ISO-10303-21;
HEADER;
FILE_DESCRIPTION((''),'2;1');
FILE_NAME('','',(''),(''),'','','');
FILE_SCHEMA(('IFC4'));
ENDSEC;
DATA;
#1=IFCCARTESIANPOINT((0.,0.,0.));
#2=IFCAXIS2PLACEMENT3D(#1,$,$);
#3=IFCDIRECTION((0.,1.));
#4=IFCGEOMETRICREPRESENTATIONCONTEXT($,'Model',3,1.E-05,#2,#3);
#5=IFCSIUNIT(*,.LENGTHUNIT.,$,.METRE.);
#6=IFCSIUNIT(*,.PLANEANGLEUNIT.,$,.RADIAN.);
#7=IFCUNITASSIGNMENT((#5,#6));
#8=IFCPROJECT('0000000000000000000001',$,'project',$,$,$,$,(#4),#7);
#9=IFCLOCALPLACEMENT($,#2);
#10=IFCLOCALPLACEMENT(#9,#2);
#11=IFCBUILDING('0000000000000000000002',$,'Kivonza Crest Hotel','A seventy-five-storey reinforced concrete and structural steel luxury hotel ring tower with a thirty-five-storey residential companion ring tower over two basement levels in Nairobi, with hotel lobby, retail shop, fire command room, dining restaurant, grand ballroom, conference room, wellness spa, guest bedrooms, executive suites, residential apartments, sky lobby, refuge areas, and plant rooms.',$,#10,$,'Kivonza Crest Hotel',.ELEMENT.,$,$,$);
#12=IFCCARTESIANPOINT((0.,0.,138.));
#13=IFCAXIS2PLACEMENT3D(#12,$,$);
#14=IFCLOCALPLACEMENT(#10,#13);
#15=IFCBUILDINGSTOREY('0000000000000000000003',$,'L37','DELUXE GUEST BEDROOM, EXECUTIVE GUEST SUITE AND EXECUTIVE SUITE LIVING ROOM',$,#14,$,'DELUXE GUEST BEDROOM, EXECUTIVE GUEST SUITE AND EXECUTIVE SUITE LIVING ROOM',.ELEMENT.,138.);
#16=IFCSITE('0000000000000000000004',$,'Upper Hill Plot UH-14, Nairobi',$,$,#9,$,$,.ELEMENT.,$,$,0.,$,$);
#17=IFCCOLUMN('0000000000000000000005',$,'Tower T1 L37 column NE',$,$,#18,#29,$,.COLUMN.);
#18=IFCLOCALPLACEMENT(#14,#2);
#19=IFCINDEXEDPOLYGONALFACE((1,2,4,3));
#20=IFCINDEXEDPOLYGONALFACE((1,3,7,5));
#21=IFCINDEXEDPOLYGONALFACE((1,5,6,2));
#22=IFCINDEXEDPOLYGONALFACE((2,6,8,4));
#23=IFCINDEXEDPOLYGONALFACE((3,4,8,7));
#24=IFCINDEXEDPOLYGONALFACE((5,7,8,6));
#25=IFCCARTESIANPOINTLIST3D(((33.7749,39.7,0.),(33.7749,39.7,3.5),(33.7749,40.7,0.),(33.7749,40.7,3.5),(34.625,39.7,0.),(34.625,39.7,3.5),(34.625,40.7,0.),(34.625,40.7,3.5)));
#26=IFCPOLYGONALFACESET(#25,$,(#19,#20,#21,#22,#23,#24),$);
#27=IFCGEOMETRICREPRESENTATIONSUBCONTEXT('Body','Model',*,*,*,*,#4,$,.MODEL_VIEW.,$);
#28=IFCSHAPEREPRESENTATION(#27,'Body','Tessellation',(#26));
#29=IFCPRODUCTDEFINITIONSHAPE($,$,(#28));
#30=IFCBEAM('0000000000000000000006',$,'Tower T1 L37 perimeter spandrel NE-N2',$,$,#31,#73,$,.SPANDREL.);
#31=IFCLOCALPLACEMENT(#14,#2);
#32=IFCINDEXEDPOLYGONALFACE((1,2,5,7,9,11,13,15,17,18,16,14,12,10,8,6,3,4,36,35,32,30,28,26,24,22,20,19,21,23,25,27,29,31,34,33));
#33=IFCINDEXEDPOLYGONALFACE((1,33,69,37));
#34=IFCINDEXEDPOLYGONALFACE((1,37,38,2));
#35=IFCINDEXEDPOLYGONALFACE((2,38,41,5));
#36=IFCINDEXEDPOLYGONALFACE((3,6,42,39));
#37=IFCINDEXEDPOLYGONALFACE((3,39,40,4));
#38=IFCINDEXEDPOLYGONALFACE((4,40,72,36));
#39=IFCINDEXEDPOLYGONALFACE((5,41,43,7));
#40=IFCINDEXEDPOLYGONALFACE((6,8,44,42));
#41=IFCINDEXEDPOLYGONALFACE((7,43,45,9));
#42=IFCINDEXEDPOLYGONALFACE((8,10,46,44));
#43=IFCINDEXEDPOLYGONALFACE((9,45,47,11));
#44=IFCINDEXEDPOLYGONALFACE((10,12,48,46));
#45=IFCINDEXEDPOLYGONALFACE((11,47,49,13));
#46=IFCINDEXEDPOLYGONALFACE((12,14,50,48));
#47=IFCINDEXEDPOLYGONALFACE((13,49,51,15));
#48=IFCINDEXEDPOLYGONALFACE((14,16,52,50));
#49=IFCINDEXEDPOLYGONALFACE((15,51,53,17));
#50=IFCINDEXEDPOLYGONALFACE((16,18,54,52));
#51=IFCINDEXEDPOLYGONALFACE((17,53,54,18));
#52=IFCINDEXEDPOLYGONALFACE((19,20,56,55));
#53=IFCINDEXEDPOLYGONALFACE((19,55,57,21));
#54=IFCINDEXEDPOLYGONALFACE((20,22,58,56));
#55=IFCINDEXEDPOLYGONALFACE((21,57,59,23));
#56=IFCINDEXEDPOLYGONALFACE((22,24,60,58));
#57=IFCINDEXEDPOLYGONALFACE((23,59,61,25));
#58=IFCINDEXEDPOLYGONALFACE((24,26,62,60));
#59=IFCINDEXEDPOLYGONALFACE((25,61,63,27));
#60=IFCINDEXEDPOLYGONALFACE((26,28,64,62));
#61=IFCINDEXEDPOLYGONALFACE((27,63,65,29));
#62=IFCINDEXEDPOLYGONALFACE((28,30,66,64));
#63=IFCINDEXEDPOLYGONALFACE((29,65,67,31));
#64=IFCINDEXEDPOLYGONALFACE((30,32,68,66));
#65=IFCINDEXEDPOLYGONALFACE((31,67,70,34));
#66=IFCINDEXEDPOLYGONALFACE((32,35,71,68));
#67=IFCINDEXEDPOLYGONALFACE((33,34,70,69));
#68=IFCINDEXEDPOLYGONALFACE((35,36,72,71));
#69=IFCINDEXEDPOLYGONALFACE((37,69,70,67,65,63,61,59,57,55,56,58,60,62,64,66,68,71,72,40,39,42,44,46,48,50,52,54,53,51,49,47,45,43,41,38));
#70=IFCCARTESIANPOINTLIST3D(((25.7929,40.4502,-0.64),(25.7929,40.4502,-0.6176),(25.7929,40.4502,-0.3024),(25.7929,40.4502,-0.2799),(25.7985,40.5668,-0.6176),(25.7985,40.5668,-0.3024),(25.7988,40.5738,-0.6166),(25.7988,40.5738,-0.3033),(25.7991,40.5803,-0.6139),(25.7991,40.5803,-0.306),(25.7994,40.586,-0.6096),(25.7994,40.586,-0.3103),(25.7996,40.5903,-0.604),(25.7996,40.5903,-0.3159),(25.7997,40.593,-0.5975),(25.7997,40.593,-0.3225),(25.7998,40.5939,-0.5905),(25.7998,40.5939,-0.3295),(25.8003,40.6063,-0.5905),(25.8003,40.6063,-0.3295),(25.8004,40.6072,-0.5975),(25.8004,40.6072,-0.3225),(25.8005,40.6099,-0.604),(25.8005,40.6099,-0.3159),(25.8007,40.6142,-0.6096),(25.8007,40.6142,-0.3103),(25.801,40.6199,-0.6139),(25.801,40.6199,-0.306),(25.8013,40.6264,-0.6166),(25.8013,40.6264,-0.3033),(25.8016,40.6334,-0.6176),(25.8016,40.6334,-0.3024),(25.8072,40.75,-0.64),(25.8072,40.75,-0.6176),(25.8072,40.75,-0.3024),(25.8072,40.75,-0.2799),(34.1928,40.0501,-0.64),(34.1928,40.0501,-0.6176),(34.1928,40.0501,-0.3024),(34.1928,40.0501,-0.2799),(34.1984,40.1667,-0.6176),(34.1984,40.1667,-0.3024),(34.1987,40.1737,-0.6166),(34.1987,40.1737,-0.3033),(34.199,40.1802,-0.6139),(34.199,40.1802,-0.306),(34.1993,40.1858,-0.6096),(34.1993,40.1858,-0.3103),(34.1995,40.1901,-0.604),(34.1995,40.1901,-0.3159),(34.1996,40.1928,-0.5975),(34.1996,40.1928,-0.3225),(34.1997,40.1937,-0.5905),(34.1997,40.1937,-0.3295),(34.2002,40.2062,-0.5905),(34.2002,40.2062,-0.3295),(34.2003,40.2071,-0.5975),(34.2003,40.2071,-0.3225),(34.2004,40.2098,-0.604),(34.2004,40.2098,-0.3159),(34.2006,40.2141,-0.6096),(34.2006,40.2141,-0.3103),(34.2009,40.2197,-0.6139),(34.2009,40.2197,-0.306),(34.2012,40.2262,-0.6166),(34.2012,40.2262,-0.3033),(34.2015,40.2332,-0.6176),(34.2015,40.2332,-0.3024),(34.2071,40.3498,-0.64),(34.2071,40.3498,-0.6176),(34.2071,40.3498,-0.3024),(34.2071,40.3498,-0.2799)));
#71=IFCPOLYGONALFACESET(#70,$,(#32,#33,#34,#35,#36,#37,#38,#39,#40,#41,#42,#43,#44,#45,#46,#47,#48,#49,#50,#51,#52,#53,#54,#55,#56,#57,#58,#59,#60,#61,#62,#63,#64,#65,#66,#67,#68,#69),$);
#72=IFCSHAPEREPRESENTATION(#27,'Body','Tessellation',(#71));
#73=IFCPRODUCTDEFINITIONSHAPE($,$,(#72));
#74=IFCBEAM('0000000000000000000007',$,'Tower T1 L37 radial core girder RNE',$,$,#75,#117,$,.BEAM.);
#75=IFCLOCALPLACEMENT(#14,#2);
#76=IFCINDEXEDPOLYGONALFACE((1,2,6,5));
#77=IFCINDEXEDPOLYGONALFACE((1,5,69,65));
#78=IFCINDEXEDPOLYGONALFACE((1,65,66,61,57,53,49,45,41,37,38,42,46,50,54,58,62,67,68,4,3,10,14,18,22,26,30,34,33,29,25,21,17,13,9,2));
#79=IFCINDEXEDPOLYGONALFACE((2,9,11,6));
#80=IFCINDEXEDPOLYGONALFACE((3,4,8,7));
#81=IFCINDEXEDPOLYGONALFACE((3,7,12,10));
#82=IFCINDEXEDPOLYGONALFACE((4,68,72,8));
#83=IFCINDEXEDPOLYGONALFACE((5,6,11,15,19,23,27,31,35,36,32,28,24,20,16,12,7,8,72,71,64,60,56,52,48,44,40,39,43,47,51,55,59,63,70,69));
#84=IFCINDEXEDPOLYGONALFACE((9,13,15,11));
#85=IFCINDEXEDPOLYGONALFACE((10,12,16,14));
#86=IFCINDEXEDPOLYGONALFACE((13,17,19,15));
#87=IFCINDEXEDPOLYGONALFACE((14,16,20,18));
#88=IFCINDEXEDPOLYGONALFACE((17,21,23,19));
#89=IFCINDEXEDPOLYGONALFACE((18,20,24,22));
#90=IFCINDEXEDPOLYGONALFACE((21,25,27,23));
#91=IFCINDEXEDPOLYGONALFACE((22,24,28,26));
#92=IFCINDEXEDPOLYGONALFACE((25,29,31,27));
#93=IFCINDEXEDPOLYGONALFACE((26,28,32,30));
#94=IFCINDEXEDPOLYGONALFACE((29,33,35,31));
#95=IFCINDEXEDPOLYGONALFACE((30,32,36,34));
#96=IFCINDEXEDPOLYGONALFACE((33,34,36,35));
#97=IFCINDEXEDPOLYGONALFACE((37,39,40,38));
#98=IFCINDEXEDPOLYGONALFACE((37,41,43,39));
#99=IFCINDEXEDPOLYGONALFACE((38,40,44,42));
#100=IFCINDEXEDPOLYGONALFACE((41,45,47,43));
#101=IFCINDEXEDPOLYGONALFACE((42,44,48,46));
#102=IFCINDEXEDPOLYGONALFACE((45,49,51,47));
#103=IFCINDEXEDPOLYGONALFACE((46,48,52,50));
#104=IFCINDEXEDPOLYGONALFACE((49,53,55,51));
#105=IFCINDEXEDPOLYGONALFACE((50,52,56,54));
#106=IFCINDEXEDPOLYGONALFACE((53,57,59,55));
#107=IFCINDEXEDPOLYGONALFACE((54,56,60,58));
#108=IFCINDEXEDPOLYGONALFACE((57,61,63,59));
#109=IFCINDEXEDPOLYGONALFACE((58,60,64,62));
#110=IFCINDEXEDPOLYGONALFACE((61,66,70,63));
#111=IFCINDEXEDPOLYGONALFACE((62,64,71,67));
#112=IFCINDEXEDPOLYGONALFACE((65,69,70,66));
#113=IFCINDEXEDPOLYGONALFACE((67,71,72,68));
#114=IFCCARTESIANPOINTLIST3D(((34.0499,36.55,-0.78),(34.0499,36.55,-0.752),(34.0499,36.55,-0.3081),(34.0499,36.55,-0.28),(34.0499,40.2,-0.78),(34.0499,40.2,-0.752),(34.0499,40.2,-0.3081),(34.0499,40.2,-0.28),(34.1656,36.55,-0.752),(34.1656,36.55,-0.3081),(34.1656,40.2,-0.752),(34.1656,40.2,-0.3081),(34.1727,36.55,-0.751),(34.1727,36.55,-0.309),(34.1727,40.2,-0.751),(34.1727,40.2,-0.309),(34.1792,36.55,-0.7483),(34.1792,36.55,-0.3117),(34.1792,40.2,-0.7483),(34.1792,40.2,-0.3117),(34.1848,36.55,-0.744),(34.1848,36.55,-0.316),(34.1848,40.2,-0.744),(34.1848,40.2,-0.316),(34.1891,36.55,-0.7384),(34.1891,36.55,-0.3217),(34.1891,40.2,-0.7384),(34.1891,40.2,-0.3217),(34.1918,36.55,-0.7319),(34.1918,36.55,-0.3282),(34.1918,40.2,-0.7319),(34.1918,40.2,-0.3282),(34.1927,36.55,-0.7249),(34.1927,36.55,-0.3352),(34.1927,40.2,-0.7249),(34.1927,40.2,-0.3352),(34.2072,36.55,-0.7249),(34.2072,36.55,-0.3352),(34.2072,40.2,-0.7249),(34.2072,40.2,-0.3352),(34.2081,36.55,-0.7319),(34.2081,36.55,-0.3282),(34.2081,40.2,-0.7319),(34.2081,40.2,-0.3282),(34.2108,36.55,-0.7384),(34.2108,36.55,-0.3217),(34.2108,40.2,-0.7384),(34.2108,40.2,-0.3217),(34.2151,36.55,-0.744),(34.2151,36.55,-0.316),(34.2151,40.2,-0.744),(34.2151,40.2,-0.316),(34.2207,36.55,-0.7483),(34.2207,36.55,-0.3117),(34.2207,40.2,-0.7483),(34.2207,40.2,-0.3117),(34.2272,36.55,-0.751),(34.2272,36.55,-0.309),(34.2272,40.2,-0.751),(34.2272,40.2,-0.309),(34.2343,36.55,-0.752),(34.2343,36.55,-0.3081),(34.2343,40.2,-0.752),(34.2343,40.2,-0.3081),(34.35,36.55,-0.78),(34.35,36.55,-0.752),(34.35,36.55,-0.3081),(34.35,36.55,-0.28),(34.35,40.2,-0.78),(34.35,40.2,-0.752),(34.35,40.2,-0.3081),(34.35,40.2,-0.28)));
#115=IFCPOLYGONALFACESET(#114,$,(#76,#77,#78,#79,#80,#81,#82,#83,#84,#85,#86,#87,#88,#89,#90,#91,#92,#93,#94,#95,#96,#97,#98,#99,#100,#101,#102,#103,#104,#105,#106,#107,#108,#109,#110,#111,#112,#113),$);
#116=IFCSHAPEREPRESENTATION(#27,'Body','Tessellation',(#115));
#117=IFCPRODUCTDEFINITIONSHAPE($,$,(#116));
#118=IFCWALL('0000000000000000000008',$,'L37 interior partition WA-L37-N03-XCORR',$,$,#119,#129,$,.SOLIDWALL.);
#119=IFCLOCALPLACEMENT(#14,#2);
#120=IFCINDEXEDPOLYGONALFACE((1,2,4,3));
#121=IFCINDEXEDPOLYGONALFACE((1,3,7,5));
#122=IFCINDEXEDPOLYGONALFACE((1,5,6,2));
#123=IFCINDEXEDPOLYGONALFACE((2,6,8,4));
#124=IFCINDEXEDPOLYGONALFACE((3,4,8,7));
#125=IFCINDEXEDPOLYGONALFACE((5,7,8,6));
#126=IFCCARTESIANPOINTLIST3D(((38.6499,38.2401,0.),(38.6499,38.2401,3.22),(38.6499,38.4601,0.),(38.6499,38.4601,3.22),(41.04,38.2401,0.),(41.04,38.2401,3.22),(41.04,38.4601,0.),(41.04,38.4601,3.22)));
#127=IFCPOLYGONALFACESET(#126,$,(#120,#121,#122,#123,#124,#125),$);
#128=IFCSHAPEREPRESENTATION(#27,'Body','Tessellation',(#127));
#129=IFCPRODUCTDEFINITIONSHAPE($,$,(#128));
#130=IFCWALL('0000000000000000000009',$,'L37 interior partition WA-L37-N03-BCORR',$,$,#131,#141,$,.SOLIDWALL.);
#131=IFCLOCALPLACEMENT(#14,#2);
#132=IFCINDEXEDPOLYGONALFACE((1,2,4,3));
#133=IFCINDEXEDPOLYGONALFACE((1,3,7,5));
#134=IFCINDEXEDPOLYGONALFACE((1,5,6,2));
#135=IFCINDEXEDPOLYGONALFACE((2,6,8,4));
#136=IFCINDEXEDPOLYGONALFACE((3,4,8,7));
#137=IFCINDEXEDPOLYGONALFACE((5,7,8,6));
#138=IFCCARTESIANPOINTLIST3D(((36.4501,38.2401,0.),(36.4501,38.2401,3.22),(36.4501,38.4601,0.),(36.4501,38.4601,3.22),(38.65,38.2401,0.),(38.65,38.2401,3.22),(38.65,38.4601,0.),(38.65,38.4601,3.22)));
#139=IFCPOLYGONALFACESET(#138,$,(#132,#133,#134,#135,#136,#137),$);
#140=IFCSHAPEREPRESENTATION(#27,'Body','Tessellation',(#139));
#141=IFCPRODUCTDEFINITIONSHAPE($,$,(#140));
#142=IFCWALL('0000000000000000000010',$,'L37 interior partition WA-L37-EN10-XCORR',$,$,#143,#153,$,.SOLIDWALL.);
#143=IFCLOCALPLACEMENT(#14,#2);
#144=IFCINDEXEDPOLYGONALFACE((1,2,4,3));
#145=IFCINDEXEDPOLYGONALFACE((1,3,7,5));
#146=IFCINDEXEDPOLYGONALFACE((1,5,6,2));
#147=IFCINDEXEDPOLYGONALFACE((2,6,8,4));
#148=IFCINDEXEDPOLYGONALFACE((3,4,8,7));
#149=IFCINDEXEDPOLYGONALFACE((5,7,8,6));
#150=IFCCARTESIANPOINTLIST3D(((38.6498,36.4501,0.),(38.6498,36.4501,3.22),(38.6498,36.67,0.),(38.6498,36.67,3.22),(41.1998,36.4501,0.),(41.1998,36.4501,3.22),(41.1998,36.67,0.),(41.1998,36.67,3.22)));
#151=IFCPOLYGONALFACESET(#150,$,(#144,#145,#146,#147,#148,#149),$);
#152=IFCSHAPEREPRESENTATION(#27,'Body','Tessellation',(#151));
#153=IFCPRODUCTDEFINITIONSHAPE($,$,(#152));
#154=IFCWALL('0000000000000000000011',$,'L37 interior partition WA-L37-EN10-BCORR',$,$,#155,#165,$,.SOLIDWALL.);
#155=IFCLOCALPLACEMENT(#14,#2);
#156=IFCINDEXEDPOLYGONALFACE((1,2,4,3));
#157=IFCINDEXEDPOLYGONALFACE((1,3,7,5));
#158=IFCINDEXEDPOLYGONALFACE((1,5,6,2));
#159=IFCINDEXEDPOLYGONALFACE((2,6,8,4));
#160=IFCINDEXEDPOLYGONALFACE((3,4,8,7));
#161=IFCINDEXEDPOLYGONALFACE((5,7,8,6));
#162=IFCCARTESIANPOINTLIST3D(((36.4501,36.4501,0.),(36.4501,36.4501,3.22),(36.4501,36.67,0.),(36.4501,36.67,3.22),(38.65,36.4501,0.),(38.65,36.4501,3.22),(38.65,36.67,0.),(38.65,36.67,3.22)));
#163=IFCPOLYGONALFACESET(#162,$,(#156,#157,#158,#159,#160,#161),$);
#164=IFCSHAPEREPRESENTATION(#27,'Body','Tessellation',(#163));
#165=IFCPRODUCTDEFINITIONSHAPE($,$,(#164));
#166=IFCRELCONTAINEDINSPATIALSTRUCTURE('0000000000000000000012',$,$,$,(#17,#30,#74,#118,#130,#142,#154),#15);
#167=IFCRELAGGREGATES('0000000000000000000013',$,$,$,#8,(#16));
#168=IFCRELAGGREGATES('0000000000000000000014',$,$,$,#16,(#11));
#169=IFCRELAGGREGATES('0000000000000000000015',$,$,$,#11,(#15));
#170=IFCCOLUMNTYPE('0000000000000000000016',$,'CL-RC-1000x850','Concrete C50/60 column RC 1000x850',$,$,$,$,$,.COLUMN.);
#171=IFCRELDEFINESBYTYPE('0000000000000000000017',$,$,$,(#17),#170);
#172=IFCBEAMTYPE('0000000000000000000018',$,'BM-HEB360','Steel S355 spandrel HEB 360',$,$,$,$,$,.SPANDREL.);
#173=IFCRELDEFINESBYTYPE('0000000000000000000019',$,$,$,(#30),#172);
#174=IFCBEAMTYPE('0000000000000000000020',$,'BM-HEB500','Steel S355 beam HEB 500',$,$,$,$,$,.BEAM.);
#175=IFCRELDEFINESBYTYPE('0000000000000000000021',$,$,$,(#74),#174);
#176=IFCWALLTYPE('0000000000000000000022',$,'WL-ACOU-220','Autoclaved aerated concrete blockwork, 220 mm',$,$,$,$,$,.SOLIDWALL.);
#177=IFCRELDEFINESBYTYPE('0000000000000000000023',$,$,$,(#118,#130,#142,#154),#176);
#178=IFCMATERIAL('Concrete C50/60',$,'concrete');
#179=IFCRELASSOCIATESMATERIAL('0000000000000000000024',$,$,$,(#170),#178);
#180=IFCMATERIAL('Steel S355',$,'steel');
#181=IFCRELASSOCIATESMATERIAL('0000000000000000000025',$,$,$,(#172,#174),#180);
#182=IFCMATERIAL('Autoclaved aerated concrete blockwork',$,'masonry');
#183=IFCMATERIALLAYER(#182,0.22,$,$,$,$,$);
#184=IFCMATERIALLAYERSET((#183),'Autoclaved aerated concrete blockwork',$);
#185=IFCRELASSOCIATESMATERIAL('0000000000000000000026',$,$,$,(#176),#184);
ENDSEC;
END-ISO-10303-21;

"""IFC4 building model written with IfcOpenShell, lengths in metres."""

from ifc_helpers import new_model, si_unit, direction, frame, frame_2d, origin, origin_2d, place, context, subcontext, project, spatial, rectangle, i_section, extrude, material, layer, layer_set, material_profile, profile_set, type_object, element, save


model = new_model("IFC4")

# Units and contexts
model_context = context("Model", 3, precision=1e-05, world=origin(), true_north=direction((0.0, 1.0)))
body_context = subcontext(model_context, "Body", "Model", "MODEL_VIEW")
ifc_project = project(units=[si_unit("LENGTHUNIT", "METRE"), si_unit("PLANEANGLEUNIT", "RADIAN")], contexts=[model_context])

# Site, building, storey
site_placement = place(None, origin())
site = spatial("IfcSite", under=ifc_project, at=site_placement, Name="Upper Hill Plot UH-14, Nairobi", CompositionType="ELEMENT", RefElevation=0.0)
building_placement = place(site_placement, origin())
building = spatial("IfcBuilding", under=site, at=building_placement, Name="Kivonza Crest Hotel", Description="A seventy-five-storey reinforced concrete and structural steel luxury hotel ring tower with a thirty-five-storey residential companion ring tower over two basement levels in Nairobi, with hotel lobby, retail shop, fire command room, dining restaurant, grand ballroom, conference room, wellness spa, guest bedrooms, executive suites, residential apartments, sky lobby, refuge areas, and plant rooms.", LongName="Kivonza Crest Hotel", CompositionType="ELEMENT")
storey_placement = place(building_placement, frame((0.0, 0.0, 138.0)))
storey = spatial("IfcBuildingStorey", under=building, at=storey_placement, Name="L37", Description="DELUXE GUEST BEDROOM, EXECUTIVE GUEST SUITE AND EXECUTIVE SUITE LIVING ROOM", LongName="DELUXE GUEST BEDROOM, EXECUTIVE GUEST SUITE AND EXECUTIVE SUITE LIVING ROOM", CompositionType="ELEMENT", Elevation=138.0)

# Column
ifc_material_1 = material(Name="Concrete C50/60", Category="concrete")
ifc_material_profile_1 = material_profile(ifc_material_1, rectangle(XDim=0.8501, YDim=1.0, at=origin_2d()), Name="RC 1000x850")
ifc_profile_set_1 = profile_set([ifc_material_profile_1], Name="Concrete C50/60")
column_type = type_object("IfcColumnType", Name="CL-RC-1000x850", Description="Concrete C50/60 column RC 1000x850", PredefinedType="COLUMN", material=ifc_profile_set_1)
column_placement = place(storey_placement, frame((34.2, 40.2, 0.0), z_axis=(0.0, 0.0, 1.0), x_axis=(1.0, 0.0, 0.0)))
element("IfcColumn", 1, at=column_placement, inside=storey, type_object=column_type, Name="Tower T1 L37 column NE", PredefinedType="COLUMN", context=body_context, shape_type="SweptSolid", body=[
    extrude(rectangle(XDim=0.8501, YDim=1.0, at=origin_2d()), origin(), (0.0, 0.0, 1.0), 3.5),
])

# Beams
ifc_material_2 = material(Name="Steel S355", Category="steel")
ifc_material_profile_2 = material_profile(ifc_material_2, i_section(OverallWidth=0.3, OverallDepth=0.3601, WebThickness=0.0125, FlangeThickness=0.0225, FilletRadius=0.0271, at=origin_2d()), Name="HEB 360")
ifc_profile_set_2 = profile_set([ifc_material_profile_2], Name="Steel S355")
beam_type_1 = type_object("IfcBeamType", Name="BM-HEB360", Description="Steel S355 spandrel HEB 360", PredefinedType="SPANDREL", material=ifc_profile_set_2)
beam_1_placement = place(storey_placement, frame((34.2, 40.2, -0.46), z_axis=(-0.998867, 0.047583, 0.0), x_axis=(-0.047583, -0.998867, 0.0)))
element("IfcBeam", 2, at=beam_1_placement, inside=storey, type_object=beam_type_1, Name="Tower T1 L37 perimeter spandrel NE-N2", PredefinedType="SPANDREL", context=body_context, shape_type="SweptSolid", body=[
    extrude(i_section(OverallWidth=0.3, OverallDepth=0.3601, WebThickness=0.0125, FlangeThickness=0.0225, FilletRadius=0.0271, at=origin_2d()), origin(), (0.0, 0.0, 1.0), 8.4094),
])
ifc_material_profile_3 = material_profile(ifc_material_2, i_section(OverallWidth=0.3, OverallDepth=0.5, WebThickness=0.0144, FlangeThickness=0.0281, FilletRadius=0.0271, at=origin_2d()), Name="HEB 500")
ifc_profile_set_3 = profile_set([ifc_material_profile_3], Name="Steel S355")
beam_type_2 = type_object("IfcBeamType", Name="BM-HEB500", Description="Steel S355 beam HEB 500", PredefinedType="BEAM", material=ifc_profile_set_3)
beam_2_placement = place(storey_placement, frame((34.2, 40.2, -0.53), z_axis=(0.0, -1.0, 0.0), x_axis=(1.0, 0.0, 0.0)))
element("IfcBeam", 3, at=beam_2_placement, inside=storey, type_object=beam_type_2, Name="Tower T1 L37 radial core girder RNE", PredefinedType="BEAM", context=body_context, shape_type="SweptSolid", body=[
    extrude(i_section(OverallWidth=0.3, OverallDepth=0.5, WebThickness=0.0144, FlangeThickness=0.0281, FilletRadius=0.0271, at=origin_2d()), origin(), (0.0, 0.0, 1.0), 3.6499),
])

# Walls
ifc_material_3 = material(Name="Autoclaved aerated concrete blockwork", Category="masonry")
ifc_layer_1 = layer(ifc_material_3, 0.22)
ifc_layer_set_1 = layer_set([ifc_layer_1], Name="Autoclaved aerated concrete blockwork")
wall_type_1 = type_object("IfcWallType", Name="WL-ACOU-220", Description="Autoclaved aerated concrete blockwork, 220 mm", PredefinedType="SOLIDWALL", material=ifc_layer_set_1)
wall_1_placement = place(storey_placement, frame((38.6499, 38.3501, 0.0), z_axis=(0.0, 0.0, 1.0), x_axis=(1.0, 0.0, 0.0)))
element("IfcWall", 4, at=wall_1_placement, inside=storey, type_object=wall_type_1, Name="L37 interior partition WA-L37-N03-XCORR", PredefinedType="SOLIDWALL", context=body_context, shape_type="SweptSolid", body=[
    extrude(rectangle(XDim=2.3901, YDim=0.22, at=frame_2d((1.1951, 0.0))), origin(), (0.0, 0.0, 1.0), 3.22),
])
wall_2_placement = place(storey_placement, frame((36.45, 38.3501, 0.0), z_axis=(0.0, 0.0, 1.0), x_axis=(1.0, 0.0, 0.0)))
element("IfcWall", 5, at=wall_2_placement, inside=storey, type_object=wall_type_1, Name="L37 interior partition WA-L37-N03-BCORR", PredefinedType="SOLIDWALL", context=body_context, shape_type="SweptSolid", body=[
    extrude(rectangle(XDim=2.2, YDim=0.22, at=frame_2d((1.1001, 0.0))), origin(), (0.0, 0.0, 1.0), 3.22),
])
wall_3_placement = place(storey_placement, frame((38.6499, 36.5601, 0.0), z_axis=(0.0, 0.0, 1.0), x_axis=(1.0, 0.0, 0.0)))
element("IfcWall", 6, at=wall_3_placement, inside=storey, type_object=wall_type_1, Name="L37 interior partition WA-L37-EN10-XCORR", PredefinedType="SOLIDWALL", context=body_context, shape_type="SweptSolid", body=[
    extrude(rectangle(XDim=2.55, YDim=0.22, at=frame_2d((1.2749, 0.0))), origin(), (0.0, 0.0, 1.0), 3.22),
])
wall_4_placement = place(storey_placement, frame((36.45, 36.5601, 0.0), z_axis=(0.0, 0.0, 1.0), x_axis=(1.0, 0.0, 0.0)))
element("IfcWall", 7, at=wall_4_placement, inside=storey, type_object=wall_type_1, Name="L37 interior partition WA-L37-EN10-BCORR", PredefinedType="SOLIDWALL", context=body_context, shape_type="SweptSolid", body=[
    extrude(rectangle(XDim=2.2, YDim=0.22, at=frame_2d((1.1001, 0.0))), origin(), (0.0, 0.0, 1.0), 3.22),
])

save(model, "model.ifc")
